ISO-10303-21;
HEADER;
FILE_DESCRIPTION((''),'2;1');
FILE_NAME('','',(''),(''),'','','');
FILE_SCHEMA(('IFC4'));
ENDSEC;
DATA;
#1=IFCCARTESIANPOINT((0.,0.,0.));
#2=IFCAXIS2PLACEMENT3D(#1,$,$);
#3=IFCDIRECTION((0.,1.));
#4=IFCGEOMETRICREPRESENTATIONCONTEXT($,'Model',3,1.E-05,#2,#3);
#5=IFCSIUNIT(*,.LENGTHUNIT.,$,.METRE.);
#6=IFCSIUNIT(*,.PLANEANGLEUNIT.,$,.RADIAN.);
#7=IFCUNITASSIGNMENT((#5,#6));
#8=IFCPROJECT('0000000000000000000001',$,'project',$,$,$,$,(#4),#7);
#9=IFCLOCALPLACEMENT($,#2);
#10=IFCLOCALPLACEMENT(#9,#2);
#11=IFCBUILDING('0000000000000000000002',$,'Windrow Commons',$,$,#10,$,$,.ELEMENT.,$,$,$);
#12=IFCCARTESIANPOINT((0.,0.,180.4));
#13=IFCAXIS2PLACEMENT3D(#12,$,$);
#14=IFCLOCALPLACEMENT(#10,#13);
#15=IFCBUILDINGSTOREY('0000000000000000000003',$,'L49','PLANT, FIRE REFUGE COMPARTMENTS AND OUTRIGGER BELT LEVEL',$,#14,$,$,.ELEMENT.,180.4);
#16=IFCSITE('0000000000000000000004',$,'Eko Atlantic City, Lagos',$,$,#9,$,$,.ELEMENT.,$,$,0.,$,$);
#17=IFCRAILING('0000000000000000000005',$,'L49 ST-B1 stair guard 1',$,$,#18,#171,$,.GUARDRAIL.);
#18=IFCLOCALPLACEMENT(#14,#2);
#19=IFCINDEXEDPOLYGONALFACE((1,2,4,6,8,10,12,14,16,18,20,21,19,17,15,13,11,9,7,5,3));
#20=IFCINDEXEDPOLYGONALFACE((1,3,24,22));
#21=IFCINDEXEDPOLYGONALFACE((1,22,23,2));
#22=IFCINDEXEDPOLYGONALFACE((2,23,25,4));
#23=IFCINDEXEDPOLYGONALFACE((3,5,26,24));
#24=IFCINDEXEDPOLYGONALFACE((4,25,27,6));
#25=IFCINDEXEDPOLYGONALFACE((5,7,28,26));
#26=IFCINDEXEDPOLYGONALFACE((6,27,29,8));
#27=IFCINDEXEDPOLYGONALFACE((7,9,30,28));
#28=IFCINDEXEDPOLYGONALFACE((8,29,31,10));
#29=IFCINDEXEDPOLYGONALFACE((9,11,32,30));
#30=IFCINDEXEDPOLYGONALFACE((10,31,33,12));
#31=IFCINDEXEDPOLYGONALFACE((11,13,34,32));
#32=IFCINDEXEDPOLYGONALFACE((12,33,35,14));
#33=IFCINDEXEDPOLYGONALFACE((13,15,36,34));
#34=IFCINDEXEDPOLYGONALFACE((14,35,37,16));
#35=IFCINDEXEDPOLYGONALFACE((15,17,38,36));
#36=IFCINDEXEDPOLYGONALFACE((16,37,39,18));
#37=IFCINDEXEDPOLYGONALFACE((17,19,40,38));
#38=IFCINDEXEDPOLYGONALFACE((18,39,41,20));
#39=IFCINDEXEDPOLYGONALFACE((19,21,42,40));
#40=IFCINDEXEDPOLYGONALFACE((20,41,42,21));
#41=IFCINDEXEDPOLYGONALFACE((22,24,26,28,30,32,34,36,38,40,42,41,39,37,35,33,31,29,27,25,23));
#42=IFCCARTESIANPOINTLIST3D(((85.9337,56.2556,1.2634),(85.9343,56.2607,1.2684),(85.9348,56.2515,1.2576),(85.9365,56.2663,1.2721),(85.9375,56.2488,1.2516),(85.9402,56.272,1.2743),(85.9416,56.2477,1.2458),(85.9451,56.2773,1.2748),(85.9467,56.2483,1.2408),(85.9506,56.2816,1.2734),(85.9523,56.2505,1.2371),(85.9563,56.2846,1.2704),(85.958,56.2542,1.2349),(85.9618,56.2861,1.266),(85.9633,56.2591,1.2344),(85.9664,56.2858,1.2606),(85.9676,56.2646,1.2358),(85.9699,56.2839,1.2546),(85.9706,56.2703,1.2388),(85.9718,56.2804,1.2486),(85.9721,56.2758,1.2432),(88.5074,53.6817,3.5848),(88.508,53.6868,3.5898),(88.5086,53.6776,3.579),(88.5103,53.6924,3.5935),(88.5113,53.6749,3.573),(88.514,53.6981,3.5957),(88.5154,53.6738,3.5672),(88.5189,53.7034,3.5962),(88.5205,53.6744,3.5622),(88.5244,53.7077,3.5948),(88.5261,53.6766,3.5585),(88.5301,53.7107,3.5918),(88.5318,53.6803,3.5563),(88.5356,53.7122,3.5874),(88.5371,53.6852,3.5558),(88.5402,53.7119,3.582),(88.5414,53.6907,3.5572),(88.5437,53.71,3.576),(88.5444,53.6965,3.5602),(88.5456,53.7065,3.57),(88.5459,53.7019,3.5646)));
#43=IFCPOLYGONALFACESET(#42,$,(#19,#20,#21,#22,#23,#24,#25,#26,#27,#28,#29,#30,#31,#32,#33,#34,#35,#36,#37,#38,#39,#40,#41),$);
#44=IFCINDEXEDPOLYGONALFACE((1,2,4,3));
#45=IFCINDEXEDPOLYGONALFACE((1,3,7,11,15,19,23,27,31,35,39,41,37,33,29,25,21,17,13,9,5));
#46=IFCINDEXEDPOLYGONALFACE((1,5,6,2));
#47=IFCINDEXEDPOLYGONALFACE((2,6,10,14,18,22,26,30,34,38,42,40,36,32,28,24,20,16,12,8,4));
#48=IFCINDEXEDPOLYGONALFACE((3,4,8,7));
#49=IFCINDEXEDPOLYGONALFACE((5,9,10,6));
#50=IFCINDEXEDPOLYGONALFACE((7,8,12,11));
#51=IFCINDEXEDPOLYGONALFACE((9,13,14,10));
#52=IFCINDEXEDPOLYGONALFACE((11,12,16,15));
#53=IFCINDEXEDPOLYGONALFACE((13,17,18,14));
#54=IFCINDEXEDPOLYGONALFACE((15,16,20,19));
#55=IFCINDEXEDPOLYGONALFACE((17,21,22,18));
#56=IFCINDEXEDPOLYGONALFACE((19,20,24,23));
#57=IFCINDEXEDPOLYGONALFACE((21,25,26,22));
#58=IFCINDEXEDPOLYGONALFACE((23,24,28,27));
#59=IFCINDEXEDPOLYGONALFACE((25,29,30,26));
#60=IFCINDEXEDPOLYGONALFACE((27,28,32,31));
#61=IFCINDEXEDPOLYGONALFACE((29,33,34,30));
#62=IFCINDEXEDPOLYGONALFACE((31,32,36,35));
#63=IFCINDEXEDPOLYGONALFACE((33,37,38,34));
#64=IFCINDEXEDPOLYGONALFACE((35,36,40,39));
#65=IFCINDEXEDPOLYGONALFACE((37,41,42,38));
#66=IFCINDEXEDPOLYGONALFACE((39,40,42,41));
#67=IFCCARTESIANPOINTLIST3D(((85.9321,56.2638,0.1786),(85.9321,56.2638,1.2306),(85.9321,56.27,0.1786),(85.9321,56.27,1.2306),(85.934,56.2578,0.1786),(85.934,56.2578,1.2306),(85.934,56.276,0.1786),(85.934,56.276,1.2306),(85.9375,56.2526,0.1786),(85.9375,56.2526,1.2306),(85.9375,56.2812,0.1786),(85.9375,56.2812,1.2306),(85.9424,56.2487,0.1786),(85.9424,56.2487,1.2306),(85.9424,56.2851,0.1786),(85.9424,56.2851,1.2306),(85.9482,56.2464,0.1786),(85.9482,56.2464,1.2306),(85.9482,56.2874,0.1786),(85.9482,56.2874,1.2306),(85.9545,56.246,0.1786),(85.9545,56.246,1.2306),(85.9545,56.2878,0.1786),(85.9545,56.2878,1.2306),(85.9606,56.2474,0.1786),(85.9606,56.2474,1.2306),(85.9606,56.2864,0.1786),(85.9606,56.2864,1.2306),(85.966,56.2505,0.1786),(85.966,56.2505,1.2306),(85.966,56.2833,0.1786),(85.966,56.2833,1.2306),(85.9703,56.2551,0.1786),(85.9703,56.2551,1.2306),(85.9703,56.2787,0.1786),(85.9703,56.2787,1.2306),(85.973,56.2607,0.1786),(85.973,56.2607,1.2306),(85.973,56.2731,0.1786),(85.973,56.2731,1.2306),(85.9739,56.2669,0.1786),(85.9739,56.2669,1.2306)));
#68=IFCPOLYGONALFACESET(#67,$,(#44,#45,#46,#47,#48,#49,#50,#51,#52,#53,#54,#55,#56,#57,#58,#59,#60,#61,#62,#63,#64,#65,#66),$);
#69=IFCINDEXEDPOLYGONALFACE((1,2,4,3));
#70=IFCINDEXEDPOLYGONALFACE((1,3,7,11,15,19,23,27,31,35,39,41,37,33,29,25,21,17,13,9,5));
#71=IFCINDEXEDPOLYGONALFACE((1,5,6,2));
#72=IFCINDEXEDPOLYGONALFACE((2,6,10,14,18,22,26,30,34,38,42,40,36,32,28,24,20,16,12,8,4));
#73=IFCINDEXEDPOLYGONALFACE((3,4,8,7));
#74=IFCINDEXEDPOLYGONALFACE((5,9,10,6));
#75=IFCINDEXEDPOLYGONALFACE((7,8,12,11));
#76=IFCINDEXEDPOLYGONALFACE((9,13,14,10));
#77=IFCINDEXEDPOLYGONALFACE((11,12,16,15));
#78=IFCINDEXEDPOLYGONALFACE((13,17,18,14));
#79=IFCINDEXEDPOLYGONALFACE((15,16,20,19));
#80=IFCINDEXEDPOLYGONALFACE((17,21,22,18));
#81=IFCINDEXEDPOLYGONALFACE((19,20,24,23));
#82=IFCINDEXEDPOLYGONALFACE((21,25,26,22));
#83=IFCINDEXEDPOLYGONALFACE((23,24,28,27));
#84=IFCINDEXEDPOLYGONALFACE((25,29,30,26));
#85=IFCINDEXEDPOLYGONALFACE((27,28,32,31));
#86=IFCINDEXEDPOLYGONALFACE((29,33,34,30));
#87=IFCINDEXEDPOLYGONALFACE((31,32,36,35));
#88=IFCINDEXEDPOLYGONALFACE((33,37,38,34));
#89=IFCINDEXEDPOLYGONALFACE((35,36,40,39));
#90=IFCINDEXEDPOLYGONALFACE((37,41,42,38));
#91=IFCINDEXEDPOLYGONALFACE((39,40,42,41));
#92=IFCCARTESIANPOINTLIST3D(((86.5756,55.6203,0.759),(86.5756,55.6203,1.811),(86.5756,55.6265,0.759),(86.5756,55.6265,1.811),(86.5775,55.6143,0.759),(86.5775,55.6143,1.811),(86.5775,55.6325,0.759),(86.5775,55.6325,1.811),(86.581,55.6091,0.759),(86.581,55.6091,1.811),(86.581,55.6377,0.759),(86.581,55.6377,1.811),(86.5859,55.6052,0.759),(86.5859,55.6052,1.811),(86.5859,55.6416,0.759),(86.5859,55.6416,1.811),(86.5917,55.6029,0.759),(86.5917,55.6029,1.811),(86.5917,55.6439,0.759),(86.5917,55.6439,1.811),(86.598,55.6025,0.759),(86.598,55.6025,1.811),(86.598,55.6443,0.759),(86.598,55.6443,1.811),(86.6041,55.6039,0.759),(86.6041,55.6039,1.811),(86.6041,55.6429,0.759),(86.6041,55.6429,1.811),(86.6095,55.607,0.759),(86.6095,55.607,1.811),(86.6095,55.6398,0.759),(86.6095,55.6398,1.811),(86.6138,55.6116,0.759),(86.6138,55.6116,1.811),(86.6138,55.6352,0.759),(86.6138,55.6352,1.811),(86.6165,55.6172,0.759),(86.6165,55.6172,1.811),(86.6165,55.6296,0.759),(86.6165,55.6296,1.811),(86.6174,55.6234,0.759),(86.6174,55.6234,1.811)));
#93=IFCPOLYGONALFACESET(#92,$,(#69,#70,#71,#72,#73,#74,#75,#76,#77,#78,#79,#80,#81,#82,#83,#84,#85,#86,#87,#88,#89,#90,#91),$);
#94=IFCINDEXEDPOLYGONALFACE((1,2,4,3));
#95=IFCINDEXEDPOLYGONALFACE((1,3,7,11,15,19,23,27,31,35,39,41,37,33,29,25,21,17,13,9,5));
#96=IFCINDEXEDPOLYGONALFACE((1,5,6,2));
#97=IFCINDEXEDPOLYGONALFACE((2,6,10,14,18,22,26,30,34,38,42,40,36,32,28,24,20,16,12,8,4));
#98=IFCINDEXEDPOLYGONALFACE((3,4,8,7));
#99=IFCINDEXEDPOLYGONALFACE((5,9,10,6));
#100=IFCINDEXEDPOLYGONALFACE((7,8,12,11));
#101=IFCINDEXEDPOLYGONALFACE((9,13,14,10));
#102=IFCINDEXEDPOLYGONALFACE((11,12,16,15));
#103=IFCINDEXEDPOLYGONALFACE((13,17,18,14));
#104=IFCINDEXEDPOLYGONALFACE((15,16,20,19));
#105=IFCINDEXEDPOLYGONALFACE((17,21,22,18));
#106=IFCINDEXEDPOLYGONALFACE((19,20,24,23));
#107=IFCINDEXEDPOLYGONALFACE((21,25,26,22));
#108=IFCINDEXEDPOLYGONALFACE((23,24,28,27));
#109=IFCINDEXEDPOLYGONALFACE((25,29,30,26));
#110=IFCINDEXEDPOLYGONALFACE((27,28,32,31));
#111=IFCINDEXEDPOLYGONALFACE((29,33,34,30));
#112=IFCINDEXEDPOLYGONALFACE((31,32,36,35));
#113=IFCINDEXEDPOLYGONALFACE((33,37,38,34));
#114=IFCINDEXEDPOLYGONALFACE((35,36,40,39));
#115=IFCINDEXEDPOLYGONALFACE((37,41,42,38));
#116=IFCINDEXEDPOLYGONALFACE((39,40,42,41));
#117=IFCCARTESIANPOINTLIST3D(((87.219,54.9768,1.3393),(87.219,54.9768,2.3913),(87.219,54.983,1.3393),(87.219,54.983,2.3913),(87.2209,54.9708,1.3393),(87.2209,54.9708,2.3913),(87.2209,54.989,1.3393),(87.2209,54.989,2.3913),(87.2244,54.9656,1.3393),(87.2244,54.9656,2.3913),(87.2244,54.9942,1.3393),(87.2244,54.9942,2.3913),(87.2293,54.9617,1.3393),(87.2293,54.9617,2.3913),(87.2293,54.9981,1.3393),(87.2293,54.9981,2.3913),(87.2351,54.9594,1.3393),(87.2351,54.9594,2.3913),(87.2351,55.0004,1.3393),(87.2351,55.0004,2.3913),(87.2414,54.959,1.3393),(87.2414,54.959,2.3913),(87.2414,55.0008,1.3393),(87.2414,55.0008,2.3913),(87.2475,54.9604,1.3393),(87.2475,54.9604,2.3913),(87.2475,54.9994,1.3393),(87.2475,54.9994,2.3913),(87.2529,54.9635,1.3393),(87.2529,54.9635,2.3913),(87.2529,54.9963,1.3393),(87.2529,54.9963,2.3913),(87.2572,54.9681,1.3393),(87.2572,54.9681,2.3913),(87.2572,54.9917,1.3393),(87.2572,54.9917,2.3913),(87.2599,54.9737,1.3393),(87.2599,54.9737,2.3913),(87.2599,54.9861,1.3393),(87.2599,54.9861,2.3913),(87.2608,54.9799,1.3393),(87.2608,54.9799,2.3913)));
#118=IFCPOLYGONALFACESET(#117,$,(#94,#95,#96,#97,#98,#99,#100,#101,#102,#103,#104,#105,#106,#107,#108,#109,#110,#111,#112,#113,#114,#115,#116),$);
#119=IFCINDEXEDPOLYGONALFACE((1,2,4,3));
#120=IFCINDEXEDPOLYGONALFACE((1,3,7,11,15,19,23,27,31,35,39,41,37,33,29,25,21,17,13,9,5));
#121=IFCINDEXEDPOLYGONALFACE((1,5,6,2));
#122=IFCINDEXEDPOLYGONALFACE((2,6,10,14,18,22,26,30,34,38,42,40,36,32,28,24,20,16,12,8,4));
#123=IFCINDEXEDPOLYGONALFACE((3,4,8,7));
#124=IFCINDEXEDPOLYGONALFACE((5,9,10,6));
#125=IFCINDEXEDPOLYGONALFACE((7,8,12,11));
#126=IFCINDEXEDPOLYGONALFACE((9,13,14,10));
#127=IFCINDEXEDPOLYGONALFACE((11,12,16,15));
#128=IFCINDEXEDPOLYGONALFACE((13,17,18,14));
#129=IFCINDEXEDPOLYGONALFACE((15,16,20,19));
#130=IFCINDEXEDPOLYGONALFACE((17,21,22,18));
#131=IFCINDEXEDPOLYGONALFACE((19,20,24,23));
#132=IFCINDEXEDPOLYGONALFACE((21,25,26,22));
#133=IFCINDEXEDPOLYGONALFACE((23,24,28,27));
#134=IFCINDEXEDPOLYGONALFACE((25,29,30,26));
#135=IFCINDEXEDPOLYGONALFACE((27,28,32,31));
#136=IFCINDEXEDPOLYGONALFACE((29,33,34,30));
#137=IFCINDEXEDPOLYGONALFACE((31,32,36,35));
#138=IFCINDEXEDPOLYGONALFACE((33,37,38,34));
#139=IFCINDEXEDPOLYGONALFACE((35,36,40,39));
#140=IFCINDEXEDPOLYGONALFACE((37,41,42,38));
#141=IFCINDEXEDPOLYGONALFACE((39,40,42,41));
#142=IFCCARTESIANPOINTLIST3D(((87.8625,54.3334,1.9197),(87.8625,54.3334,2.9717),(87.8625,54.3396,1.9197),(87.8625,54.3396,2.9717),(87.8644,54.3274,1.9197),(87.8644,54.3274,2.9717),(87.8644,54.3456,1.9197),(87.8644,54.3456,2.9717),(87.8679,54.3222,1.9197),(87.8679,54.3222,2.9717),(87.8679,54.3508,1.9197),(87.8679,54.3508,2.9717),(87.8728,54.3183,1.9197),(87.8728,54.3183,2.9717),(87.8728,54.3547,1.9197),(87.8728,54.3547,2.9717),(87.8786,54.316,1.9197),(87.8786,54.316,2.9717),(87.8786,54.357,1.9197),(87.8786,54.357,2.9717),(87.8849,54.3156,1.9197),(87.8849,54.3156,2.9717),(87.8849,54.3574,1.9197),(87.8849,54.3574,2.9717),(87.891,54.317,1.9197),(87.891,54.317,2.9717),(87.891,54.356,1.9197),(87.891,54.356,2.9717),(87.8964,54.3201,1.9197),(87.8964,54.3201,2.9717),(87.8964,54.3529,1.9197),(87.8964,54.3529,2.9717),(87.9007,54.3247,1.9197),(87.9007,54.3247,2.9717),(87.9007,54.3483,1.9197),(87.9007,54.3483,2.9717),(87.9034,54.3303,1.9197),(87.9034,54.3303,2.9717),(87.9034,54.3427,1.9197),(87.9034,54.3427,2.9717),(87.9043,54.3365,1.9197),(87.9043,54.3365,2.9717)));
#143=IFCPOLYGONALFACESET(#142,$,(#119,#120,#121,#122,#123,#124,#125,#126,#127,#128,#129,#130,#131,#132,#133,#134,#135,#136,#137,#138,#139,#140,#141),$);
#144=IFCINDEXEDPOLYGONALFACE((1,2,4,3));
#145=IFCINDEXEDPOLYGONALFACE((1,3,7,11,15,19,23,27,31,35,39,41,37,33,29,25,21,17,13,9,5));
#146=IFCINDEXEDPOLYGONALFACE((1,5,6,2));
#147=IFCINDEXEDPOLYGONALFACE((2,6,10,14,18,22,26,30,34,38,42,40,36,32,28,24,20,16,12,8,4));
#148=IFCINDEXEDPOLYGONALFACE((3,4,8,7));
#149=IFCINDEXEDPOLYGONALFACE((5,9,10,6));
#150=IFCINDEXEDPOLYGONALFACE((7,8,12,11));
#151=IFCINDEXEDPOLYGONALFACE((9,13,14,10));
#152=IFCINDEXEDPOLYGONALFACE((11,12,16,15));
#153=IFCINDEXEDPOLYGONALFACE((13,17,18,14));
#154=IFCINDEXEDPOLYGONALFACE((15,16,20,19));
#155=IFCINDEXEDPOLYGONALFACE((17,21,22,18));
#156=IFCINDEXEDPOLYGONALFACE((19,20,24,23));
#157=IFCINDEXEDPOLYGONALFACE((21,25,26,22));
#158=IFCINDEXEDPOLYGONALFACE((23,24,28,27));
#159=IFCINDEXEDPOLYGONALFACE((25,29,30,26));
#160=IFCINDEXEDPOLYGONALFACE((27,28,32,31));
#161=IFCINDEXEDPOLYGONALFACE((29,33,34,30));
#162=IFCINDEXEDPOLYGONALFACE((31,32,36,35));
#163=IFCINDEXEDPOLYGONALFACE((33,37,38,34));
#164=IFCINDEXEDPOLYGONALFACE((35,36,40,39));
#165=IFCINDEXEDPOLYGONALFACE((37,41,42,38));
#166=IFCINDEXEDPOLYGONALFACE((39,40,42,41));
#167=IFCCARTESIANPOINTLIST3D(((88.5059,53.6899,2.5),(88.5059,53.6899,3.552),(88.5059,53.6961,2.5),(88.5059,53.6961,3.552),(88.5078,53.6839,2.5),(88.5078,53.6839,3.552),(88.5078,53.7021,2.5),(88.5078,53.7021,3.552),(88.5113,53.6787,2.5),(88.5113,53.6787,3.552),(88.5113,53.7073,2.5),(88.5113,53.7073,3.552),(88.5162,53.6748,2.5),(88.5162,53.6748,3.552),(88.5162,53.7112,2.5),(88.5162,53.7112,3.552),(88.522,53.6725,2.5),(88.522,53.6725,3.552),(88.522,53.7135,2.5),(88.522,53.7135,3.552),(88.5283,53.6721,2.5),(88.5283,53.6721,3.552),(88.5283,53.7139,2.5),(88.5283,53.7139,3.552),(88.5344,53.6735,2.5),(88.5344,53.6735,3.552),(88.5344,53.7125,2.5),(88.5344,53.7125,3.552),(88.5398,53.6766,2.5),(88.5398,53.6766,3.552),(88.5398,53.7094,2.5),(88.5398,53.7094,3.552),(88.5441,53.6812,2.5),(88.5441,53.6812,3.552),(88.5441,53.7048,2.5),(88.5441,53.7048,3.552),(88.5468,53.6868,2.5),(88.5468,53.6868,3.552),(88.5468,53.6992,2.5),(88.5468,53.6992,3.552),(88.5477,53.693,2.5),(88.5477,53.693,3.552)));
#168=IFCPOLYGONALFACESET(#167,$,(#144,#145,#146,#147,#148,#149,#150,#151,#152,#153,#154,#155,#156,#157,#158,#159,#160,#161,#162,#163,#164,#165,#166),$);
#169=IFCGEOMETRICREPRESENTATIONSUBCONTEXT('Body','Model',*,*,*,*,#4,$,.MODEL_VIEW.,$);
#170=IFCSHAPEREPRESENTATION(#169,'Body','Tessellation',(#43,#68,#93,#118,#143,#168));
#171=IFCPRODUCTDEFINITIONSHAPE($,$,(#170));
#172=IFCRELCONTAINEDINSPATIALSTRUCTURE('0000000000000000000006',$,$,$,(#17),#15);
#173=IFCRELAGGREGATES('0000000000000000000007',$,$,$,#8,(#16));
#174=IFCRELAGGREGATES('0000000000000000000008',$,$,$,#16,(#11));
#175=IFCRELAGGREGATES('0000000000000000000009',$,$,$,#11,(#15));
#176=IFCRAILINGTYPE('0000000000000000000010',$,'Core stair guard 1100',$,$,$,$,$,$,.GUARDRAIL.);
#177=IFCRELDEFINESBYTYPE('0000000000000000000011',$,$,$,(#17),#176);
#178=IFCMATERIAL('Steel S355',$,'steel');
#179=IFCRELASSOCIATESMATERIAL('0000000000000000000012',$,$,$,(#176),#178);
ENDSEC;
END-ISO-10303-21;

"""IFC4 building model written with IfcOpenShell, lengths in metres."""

from ifc_helpers import new_model, si_unit, direction, frame, origin, origin_2d, place, context, subcontext, project, spatial, circle, extrude, material, type_object, element, save


model = new_model("IFC4")

# Units and contexts
model_context = context("Model", 3, precision=1e-05, world=origin(), true_north=direction((0.0, 1.0)))
body_context = subcontext(model_context, "Body", "Model", "MODEL_VIEW")
ifc_project = project(units=[si_unit("LENGTHUNIT", "METRE"), si_unit("PLANEANGLEUNIT", "RADIAN")], contexts=[model_context])

# Site, building, storey
site_placement = place(None, origin())
site = spatial("IfcSite", under=ifc_project, at=site_placement, Name="Eko Atlantic City, Lagos", CompositionType="ELEMENT", RefElevation=0.0)
building_placement = place(site_placement, origin())
building = spatial("IfcBuilding", under=site, at=building_placement, Name="Windrow Commons", CompositionType="ELEMENT")
storey_placement = place(building_placement, frame((0.0, 0.0, 180.4)))
storey = spatial("IfcBuildingStorey", under=building, at=storey_placement, Name="L49", Description="PLANT, FIRE REFUGE COMPARTMENTS AND OUTRIGGER BELT LEVEL", CompositionType="ELEMENT", Elevation=180.4)

# Railing
ifc_material_1 = material(Name="Steel S355", Category="steel")
railing_type_1 = type_object("IfcRailingType", Name="Core stair guard 1100", PredefinedType="GUARDRAIL", material=ifc_material_1)
railing_1_placement = place(storey_placement, frame((85.9529, 56.2669, 0.1786)))
element("IfcRailing", 1, at=railing_1_placement, inside=storey, type_object=railing_type_1, Name="L49 ST-B1 stair guard 1", PredefinedType="GUARDRAIL", context=body_context, shape_type="SweptSolid", body=[
    extrude(circle(Radius=0.024, at=origin_2d()), frame((0.0, 0.0, 1.076), z_axis=(0.596172, -0.596195, 0.537708), x_axis=(0.707121, 0.707093, 0.0)), (0.0, 0.0, 1.0), 4.3172),
    extrude(circle(Radius=0.021, at=origin_2d()), origin(), (0.0, 0.0, 1.0), 1.052),
    extrude(circle(Radius=0.021, at=origin_2d()), frame((0.6435, -0.6435, 0.5804)), (0.0, 0.0, 1.0), 1.052),
    extrude(circle(Radius=0.021, at=origin_2d()), frame((1.2869, -1.287, 1.1607)), (0.0, 0.0, 1.0), 1.052),
    extrude(circle(Radius=0.021, at=origin_2d()), frame((1.9304, -1.9304, 1.7411)), (0.0, 0.0, 1.0), 1.052),
    extrude(circle(Radius=0.021, at=origin_2d()), frame((2.5738, -2.5739, 2.3214)), (0.0, 0.0, 1.0), 1.052),
])

save(model, "model.ifc")
